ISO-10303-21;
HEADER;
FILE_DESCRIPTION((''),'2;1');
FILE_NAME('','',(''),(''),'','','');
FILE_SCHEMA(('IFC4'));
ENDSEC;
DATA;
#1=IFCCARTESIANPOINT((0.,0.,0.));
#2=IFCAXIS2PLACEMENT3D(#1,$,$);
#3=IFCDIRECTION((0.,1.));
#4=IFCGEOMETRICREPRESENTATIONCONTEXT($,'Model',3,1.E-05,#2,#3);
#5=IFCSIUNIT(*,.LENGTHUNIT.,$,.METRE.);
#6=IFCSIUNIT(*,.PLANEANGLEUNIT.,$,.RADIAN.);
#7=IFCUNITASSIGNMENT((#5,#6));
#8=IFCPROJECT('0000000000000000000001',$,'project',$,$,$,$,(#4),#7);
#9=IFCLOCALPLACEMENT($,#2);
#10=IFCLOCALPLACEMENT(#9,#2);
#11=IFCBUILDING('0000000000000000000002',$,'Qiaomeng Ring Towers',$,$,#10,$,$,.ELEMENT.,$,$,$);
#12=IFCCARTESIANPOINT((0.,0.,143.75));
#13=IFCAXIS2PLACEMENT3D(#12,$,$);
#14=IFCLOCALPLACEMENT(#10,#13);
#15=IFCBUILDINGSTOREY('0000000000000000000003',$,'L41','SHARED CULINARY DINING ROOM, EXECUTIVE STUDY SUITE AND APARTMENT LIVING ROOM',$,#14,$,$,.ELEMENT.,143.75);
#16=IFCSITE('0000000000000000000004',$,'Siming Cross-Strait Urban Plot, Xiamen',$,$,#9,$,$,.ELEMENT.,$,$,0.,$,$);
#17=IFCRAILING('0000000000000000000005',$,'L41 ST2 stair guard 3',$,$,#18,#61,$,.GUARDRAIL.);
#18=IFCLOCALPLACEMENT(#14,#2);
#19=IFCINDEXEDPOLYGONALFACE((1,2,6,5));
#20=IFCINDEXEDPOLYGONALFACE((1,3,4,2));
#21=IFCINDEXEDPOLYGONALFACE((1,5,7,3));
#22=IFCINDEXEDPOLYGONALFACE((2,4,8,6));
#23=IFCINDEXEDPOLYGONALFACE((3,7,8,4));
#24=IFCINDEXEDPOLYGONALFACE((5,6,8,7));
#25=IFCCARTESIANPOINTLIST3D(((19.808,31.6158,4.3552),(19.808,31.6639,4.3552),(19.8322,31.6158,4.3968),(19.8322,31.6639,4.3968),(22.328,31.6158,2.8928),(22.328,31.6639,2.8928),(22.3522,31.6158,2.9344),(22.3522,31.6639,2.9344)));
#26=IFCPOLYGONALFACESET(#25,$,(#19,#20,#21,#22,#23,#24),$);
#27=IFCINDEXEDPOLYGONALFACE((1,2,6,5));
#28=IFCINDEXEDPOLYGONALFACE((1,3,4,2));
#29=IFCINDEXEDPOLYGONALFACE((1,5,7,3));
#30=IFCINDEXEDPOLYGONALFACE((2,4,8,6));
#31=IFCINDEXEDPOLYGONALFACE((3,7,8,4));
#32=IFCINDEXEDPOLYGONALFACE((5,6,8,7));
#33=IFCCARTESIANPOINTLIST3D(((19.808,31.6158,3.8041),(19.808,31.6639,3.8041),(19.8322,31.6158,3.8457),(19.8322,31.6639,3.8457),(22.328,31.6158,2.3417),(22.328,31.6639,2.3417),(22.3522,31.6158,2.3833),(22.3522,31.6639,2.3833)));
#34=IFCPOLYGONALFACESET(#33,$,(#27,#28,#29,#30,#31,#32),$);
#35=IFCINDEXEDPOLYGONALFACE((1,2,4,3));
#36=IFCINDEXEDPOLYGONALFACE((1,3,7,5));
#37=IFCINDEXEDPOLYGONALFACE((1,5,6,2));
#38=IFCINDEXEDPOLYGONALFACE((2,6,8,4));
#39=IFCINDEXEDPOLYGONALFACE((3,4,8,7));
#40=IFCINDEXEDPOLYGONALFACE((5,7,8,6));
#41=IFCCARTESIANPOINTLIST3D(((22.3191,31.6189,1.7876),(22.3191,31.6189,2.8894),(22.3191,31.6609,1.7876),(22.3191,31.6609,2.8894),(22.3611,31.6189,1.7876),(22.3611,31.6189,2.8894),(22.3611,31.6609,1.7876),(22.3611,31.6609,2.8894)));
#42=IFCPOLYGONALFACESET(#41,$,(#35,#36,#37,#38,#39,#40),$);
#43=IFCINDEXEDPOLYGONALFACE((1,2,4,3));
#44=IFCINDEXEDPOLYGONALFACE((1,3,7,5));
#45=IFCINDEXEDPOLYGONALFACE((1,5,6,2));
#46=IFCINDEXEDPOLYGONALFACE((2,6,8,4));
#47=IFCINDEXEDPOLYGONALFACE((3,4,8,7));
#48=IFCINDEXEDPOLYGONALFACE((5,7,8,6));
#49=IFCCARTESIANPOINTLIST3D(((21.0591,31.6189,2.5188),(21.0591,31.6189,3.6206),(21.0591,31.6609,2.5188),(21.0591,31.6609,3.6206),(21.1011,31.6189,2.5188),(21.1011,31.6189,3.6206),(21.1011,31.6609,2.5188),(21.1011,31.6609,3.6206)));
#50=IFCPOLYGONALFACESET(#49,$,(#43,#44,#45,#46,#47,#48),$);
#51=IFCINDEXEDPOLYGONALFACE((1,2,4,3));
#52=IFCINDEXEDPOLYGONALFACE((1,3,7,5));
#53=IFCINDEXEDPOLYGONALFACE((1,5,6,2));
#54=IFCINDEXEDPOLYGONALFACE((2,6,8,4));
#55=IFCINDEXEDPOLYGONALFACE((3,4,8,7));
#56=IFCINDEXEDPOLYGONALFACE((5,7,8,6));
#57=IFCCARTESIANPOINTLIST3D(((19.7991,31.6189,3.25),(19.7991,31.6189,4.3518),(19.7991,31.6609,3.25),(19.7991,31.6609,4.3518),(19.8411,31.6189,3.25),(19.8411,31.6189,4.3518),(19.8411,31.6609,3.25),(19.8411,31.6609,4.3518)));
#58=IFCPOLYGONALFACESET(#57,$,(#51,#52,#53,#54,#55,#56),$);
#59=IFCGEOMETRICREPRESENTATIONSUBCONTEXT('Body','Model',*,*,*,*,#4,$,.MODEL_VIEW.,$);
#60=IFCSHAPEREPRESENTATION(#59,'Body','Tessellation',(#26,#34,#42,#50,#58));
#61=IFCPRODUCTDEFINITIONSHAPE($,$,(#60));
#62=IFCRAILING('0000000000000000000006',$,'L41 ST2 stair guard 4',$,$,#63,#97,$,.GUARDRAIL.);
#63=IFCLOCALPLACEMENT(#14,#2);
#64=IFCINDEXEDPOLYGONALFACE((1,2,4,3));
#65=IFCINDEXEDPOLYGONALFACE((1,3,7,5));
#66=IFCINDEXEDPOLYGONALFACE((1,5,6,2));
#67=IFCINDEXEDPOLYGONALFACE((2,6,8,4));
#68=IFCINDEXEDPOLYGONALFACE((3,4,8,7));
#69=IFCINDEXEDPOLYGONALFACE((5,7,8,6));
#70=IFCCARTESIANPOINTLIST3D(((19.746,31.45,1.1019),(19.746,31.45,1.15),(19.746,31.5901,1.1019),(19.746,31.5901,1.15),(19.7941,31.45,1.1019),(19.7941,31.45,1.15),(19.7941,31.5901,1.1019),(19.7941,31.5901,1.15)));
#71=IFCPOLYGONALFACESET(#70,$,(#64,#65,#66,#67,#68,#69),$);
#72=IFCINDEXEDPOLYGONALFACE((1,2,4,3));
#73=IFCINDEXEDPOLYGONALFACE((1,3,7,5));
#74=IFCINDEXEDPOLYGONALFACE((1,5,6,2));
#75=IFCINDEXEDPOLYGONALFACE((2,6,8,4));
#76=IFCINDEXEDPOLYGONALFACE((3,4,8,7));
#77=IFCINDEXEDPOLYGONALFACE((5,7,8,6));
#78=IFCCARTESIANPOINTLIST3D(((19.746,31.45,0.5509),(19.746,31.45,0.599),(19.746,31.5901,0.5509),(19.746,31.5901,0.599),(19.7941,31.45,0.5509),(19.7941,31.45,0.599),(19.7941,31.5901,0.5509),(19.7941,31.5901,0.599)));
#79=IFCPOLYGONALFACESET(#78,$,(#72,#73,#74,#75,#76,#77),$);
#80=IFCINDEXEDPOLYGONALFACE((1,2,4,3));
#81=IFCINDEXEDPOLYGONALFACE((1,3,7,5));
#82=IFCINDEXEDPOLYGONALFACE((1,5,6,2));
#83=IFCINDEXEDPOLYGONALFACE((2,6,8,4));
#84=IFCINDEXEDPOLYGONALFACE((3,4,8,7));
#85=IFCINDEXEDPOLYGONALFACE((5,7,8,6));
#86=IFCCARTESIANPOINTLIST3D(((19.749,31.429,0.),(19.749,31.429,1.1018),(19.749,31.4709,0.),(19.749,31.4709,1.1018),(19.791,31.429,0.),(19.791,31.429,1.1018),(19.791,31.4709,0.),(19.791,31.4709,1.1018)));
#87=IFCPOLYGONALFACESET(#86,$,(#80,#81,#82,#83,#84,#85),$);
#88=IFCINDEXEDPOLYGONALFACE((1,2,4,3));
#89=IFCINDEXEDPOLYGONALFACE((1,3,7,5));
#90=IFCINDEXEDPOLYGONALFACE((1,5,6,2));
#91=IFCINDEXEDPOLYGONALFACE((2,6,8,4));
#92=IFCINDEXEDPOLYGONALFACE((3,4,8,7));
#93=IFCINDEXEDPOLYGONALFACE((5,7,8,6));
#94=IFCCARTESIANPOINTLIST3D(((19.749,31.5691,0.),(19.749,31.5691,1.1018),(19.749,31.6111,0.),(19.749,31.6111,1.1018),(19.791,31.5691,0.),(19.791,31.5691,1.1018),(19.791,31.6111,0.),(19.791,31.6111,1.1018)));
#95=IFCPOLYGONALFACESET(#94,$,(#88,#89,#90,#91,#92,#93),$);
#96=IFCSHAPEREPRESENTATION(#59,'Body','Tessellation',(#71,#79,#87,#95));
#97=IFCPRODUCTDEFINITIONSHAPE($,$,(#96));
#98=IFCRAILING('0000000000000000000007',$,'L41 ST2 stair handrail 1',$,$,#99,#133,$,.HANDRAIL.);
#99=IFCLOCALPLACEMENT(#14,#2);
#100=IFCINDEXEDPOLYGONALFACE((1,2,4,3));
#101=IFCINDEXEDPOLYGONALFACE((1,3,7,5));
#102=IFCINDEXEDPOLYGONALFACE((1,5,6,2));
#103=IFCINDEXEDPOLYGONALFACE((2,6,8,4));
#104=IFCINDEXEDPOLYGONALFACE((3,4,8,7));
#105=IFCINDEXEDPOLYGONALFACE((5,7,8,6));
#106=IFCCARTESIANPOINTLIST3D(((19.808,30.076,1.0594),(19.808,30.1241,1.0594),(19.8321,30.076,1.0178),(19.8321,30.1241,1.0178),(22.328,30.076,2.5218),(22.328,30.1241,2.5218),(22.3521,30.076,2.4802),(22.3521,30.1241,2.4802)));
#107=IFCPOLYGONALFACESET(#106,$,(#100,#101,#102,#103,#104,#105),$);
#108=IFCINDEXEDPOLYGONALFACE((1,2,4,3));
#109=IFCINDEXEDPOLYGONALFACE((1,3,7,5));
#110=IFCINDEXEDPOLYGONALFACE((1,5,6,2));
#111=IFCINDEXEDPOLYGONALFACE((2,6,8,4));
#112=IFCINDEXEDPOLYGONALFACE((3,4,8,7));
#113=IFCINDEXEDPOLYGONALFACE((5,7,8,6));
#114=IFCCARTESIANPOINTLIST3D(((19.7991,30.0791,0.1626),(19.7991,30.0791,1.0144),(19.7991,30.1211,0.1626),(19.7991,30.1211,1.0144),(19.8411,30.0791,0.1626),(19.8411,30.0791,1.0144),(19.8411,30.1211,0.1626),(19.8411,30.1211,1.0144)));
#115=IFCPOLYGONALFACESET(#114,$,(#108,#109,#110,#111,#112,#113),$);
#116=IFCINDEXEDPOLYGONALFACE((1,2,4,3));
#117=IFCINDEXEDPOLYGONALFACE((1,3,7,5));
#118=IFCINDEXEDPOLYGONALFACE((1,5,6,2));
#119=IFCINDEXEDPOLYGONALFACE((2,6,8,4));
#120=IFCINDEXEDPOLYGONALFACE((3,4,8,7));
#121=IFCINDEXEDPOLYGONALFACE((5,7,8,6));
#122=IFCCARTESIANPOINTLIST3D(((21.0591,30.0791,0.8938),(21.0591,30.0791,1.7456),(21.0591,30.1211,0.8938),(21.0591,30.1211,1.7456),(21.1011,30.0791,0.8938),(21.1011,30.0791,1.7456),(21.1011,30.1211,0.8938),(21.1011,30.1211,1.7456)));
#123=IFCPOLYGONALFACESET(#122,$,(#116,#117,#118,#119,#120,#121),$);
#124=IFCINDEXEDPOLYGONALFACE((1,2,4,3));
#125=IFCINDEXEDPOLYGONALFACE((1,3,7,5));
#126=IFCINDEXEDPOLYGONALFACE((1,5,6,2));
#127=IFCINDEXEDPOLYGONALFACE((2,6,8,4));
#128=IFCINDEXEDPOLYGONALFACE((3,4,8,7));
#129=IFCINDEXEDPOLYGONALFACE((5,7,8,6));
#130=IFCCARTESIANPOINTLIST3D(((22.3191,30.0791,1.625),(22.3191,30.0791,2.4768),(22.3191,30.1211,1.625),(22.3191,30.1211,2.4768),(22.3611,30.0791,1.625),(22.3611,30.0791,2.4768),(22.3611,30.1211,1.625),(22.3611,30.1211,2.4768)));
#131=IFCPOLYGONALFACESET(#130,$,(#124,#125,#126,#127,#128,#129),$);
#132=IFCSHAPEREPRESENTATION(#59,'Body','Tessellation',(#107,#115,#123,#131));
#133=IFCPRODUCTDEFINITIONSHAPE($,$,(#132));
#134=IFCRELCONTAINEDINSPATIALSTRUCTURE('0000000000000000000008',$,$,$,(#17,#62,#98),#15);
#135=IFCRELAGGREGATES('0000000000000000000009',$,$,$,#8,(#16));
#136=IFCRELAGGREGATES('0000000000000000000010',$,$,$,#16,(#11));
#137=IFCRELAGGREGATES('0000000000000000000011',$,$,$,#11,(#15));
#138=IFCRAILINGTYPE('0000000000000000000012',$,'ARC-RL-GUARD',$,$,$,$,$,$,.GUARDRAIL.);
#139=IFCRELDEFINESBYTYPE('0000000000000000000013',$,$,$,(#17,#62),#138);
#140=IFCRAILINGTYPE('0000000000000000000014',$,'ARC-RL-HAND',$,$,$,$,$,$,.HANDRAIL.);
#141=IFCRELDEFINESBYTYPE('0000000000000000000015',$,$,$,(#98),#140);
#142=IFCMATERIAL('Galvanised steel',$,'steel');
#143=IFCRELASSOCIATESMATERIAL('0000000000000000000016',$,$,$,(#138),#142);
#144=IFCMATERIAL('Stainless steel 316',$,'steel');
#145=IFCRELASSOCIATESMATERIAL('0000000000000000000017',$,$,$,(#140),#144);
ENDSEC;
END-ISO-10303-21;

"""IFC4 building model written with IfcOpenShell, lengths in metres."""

from ifc_helpers import new_model, si_unit, direction, frame, origin, origin_2d, place, context, subcontext, project, spatial, rectangle, extrude, material, type_object, element, save


model = new_model("IFC4")

# Units and contexts
model_context = context("Model", 3, precision=1e-05, world=origin(), true_north=direction((0.0, 1.0)))
body_context = subcontext(model_context, "Body", "Model", "MODEL_VIEW")
ifc_project = project(units=[si_unit("LENGTHUNIT", "METRE"), si_unit("PLANEANGLEUNIT", "RADIAN")], contexts=[model_context])

# Site, building, storey
site_placement = place(None, origin())
site = spatial("IfcSite", under=ifc_project, at=site_placement, Name="Siming Cross-Strait Urban Plot, Xiamen", CompositionType="ELEMENT", RefElevation=0.0)
building_placement = place(site_placement, origin())
building = spatial("IfcBuilding", under=site, at=building_placement, Name="Qiaomeng Ring Towers", CompositionType="ELEMENT")
storey_placement = place(building_placement, frame((0.0, 0.0, 143.75)))
storey = spatial("IfcBuildingStorey", under=building, at=storey_placement, Name="L41", Description="SHARED CULINARY DINING ROOM, EXECUTIVE STUDY SUITE AND APARTMENT LIVING ROOM", CompositionType="ELEMENT", Elevation=143.75)

# Railings
ifc_material_1 = material(Name="Galvanised steel", Category="steel")
railing_type_1 = type_object("IfcRailingType", Name="ARC-RL-GUARD", PredefinedType="GUARDRAIL", material=ifc_material_1)
railing_1_placement = place(storey_placement, frame((22.3401, 31.6399, 1.7876)))
element("IfcRailing", 1, at=railing_1_placement, inside=storey, type_object=railing_type_1, Name="L41 ST2 stair guard 3", PredefinedType="GUARDRAIL", context=body_context, shape_type="SweptSolid", body=[
    extrude(rectangle(XDim=0.0481, YDim=0.0481, at=origin_2d()), frame((0.0, 0.0, 1.126), z_axis=(-0.864913, 0.0, 0.501921), x_axis=(0.0, -1.0, 0.0)), (0.0, 0.0, 1.0), 2.9136),
    extrude(rectangle(XDim=0.0481, YDim=0.0481, at=origin_2d()), frame((0.0, 0.0, 0.575), z_axis=(-0.864913, 0.0, 0.501921), x_axis=(0.0, -1.0, 0.0)), (0.0, 0.0, 1.0), 2.9136),
    extrude(rectangle(XDim=0.042, YDim=0.042, at=origin_2d()), origin(), (0.0, 0.0, 1.0), 1.1018),
    extrude(rectangle(XDim=0.042, YDim=0.042, at=origin_2d()), frame((-1.26, 0.0, 0.7312)), (0.0, 0.0, 1.0), 1.1018),
    extrude(rectangle(XDim=0.042, YDim=0.042, at=origin_2d()), frame((-2.52, 0.0, 1.4624)), (0.0, 0.0, 1.0), 1.1018),
])
railing_2_placement = place(storey_placement, frame((19.77, 31.45, 0.0)))
element("IfcRailing", 2, at=railing_2_placement, inside=storey, type_object=railing_type_1, Name="L41 ST2 stair guard 4", PredefinedType="GUARDRAIL", context=body_context, shape_type="SweptSolid", body=[
    extrude(rectangle(XDim=0.0481, YDim=0.0481, at=origin_2d()), frame((0.0, 0.0, 1.126), z_axis=(0.0, 1.0, 0.0), x_axis=(-1.0, 0.0, 0.0)), (0.0, 0.0, 1.0), 0.1401),
    extrude(rectangle(XDim=0.0481, YDim=0.0481, at=origin_2d()), frame((0.0, 0.0, 0.575), z_axis=(0.0, 1.0, 0.0), x_axis=(-1.0, 0.0, 0.0)), (0.0, 0.0, 1.0), 0.1401),
    extrude(rectangle(XDim=0.042, YDim=0.042, at=origin_2d()), origin(), (0.0, 0.0, 1.0), 1.1018),
    extrude(rectangle(XDim=0.042, YDim=0.042, at=origin_2d()), frame((0.0, 0.1401, 0.0)), (0.0, 0.0, 1.0), 1.1018),
])
ifc_material_2 = material(Name="Stainless steel 316", Category="steel")
railing_type_2 = type_object("IfcRailingType", Name="ARC-RL-HAND", PredefinedType="HANDRAIL", material=ifc_material_2)
railing_3_placement = place(storey_placement, frame((19.8201, 30.1001, 0.1626)))
element("IfcRailing", 3, at=railing_3_placement, inside=storey, type_object=railing_type_2, Name="L41 ST2 stair handrail 1", PredefinedType="HANDRAIL", context=body_context, shape_type="SweptSolid", body=[
    extrude(rectangle(XDim=0.0481, YDim=0.0481, at=origin_2d()), frame((0.0, 0.0, 0.876), z_axis=(0.864913, 0.0, 0.501921), x_axis=(0.0, 1.0, 0.0)), (0.0, 0.0, 1.0), 2.9136),
    extrude(rectangle(XDim=0.042, YDim=0.042, at=origin_2d()), origin(), (0.0, 0.0, 1.0), 0.8518),
    extrude(rectangle(XDim=0.042, YDim=0.042, at=origin_2d()), frame((1.26, 0.0, 0.7312)), (0.0, 0.0, 1.0), 0.8518),
    extrude(rectangle(XDim=0.042, YDim=0.042, at=origin_2d()), frame((2.52, 0.0, 1.4624)), (0.0, 0.0, 1.0), 0.8518),
])

save(model, "model.ifc")
